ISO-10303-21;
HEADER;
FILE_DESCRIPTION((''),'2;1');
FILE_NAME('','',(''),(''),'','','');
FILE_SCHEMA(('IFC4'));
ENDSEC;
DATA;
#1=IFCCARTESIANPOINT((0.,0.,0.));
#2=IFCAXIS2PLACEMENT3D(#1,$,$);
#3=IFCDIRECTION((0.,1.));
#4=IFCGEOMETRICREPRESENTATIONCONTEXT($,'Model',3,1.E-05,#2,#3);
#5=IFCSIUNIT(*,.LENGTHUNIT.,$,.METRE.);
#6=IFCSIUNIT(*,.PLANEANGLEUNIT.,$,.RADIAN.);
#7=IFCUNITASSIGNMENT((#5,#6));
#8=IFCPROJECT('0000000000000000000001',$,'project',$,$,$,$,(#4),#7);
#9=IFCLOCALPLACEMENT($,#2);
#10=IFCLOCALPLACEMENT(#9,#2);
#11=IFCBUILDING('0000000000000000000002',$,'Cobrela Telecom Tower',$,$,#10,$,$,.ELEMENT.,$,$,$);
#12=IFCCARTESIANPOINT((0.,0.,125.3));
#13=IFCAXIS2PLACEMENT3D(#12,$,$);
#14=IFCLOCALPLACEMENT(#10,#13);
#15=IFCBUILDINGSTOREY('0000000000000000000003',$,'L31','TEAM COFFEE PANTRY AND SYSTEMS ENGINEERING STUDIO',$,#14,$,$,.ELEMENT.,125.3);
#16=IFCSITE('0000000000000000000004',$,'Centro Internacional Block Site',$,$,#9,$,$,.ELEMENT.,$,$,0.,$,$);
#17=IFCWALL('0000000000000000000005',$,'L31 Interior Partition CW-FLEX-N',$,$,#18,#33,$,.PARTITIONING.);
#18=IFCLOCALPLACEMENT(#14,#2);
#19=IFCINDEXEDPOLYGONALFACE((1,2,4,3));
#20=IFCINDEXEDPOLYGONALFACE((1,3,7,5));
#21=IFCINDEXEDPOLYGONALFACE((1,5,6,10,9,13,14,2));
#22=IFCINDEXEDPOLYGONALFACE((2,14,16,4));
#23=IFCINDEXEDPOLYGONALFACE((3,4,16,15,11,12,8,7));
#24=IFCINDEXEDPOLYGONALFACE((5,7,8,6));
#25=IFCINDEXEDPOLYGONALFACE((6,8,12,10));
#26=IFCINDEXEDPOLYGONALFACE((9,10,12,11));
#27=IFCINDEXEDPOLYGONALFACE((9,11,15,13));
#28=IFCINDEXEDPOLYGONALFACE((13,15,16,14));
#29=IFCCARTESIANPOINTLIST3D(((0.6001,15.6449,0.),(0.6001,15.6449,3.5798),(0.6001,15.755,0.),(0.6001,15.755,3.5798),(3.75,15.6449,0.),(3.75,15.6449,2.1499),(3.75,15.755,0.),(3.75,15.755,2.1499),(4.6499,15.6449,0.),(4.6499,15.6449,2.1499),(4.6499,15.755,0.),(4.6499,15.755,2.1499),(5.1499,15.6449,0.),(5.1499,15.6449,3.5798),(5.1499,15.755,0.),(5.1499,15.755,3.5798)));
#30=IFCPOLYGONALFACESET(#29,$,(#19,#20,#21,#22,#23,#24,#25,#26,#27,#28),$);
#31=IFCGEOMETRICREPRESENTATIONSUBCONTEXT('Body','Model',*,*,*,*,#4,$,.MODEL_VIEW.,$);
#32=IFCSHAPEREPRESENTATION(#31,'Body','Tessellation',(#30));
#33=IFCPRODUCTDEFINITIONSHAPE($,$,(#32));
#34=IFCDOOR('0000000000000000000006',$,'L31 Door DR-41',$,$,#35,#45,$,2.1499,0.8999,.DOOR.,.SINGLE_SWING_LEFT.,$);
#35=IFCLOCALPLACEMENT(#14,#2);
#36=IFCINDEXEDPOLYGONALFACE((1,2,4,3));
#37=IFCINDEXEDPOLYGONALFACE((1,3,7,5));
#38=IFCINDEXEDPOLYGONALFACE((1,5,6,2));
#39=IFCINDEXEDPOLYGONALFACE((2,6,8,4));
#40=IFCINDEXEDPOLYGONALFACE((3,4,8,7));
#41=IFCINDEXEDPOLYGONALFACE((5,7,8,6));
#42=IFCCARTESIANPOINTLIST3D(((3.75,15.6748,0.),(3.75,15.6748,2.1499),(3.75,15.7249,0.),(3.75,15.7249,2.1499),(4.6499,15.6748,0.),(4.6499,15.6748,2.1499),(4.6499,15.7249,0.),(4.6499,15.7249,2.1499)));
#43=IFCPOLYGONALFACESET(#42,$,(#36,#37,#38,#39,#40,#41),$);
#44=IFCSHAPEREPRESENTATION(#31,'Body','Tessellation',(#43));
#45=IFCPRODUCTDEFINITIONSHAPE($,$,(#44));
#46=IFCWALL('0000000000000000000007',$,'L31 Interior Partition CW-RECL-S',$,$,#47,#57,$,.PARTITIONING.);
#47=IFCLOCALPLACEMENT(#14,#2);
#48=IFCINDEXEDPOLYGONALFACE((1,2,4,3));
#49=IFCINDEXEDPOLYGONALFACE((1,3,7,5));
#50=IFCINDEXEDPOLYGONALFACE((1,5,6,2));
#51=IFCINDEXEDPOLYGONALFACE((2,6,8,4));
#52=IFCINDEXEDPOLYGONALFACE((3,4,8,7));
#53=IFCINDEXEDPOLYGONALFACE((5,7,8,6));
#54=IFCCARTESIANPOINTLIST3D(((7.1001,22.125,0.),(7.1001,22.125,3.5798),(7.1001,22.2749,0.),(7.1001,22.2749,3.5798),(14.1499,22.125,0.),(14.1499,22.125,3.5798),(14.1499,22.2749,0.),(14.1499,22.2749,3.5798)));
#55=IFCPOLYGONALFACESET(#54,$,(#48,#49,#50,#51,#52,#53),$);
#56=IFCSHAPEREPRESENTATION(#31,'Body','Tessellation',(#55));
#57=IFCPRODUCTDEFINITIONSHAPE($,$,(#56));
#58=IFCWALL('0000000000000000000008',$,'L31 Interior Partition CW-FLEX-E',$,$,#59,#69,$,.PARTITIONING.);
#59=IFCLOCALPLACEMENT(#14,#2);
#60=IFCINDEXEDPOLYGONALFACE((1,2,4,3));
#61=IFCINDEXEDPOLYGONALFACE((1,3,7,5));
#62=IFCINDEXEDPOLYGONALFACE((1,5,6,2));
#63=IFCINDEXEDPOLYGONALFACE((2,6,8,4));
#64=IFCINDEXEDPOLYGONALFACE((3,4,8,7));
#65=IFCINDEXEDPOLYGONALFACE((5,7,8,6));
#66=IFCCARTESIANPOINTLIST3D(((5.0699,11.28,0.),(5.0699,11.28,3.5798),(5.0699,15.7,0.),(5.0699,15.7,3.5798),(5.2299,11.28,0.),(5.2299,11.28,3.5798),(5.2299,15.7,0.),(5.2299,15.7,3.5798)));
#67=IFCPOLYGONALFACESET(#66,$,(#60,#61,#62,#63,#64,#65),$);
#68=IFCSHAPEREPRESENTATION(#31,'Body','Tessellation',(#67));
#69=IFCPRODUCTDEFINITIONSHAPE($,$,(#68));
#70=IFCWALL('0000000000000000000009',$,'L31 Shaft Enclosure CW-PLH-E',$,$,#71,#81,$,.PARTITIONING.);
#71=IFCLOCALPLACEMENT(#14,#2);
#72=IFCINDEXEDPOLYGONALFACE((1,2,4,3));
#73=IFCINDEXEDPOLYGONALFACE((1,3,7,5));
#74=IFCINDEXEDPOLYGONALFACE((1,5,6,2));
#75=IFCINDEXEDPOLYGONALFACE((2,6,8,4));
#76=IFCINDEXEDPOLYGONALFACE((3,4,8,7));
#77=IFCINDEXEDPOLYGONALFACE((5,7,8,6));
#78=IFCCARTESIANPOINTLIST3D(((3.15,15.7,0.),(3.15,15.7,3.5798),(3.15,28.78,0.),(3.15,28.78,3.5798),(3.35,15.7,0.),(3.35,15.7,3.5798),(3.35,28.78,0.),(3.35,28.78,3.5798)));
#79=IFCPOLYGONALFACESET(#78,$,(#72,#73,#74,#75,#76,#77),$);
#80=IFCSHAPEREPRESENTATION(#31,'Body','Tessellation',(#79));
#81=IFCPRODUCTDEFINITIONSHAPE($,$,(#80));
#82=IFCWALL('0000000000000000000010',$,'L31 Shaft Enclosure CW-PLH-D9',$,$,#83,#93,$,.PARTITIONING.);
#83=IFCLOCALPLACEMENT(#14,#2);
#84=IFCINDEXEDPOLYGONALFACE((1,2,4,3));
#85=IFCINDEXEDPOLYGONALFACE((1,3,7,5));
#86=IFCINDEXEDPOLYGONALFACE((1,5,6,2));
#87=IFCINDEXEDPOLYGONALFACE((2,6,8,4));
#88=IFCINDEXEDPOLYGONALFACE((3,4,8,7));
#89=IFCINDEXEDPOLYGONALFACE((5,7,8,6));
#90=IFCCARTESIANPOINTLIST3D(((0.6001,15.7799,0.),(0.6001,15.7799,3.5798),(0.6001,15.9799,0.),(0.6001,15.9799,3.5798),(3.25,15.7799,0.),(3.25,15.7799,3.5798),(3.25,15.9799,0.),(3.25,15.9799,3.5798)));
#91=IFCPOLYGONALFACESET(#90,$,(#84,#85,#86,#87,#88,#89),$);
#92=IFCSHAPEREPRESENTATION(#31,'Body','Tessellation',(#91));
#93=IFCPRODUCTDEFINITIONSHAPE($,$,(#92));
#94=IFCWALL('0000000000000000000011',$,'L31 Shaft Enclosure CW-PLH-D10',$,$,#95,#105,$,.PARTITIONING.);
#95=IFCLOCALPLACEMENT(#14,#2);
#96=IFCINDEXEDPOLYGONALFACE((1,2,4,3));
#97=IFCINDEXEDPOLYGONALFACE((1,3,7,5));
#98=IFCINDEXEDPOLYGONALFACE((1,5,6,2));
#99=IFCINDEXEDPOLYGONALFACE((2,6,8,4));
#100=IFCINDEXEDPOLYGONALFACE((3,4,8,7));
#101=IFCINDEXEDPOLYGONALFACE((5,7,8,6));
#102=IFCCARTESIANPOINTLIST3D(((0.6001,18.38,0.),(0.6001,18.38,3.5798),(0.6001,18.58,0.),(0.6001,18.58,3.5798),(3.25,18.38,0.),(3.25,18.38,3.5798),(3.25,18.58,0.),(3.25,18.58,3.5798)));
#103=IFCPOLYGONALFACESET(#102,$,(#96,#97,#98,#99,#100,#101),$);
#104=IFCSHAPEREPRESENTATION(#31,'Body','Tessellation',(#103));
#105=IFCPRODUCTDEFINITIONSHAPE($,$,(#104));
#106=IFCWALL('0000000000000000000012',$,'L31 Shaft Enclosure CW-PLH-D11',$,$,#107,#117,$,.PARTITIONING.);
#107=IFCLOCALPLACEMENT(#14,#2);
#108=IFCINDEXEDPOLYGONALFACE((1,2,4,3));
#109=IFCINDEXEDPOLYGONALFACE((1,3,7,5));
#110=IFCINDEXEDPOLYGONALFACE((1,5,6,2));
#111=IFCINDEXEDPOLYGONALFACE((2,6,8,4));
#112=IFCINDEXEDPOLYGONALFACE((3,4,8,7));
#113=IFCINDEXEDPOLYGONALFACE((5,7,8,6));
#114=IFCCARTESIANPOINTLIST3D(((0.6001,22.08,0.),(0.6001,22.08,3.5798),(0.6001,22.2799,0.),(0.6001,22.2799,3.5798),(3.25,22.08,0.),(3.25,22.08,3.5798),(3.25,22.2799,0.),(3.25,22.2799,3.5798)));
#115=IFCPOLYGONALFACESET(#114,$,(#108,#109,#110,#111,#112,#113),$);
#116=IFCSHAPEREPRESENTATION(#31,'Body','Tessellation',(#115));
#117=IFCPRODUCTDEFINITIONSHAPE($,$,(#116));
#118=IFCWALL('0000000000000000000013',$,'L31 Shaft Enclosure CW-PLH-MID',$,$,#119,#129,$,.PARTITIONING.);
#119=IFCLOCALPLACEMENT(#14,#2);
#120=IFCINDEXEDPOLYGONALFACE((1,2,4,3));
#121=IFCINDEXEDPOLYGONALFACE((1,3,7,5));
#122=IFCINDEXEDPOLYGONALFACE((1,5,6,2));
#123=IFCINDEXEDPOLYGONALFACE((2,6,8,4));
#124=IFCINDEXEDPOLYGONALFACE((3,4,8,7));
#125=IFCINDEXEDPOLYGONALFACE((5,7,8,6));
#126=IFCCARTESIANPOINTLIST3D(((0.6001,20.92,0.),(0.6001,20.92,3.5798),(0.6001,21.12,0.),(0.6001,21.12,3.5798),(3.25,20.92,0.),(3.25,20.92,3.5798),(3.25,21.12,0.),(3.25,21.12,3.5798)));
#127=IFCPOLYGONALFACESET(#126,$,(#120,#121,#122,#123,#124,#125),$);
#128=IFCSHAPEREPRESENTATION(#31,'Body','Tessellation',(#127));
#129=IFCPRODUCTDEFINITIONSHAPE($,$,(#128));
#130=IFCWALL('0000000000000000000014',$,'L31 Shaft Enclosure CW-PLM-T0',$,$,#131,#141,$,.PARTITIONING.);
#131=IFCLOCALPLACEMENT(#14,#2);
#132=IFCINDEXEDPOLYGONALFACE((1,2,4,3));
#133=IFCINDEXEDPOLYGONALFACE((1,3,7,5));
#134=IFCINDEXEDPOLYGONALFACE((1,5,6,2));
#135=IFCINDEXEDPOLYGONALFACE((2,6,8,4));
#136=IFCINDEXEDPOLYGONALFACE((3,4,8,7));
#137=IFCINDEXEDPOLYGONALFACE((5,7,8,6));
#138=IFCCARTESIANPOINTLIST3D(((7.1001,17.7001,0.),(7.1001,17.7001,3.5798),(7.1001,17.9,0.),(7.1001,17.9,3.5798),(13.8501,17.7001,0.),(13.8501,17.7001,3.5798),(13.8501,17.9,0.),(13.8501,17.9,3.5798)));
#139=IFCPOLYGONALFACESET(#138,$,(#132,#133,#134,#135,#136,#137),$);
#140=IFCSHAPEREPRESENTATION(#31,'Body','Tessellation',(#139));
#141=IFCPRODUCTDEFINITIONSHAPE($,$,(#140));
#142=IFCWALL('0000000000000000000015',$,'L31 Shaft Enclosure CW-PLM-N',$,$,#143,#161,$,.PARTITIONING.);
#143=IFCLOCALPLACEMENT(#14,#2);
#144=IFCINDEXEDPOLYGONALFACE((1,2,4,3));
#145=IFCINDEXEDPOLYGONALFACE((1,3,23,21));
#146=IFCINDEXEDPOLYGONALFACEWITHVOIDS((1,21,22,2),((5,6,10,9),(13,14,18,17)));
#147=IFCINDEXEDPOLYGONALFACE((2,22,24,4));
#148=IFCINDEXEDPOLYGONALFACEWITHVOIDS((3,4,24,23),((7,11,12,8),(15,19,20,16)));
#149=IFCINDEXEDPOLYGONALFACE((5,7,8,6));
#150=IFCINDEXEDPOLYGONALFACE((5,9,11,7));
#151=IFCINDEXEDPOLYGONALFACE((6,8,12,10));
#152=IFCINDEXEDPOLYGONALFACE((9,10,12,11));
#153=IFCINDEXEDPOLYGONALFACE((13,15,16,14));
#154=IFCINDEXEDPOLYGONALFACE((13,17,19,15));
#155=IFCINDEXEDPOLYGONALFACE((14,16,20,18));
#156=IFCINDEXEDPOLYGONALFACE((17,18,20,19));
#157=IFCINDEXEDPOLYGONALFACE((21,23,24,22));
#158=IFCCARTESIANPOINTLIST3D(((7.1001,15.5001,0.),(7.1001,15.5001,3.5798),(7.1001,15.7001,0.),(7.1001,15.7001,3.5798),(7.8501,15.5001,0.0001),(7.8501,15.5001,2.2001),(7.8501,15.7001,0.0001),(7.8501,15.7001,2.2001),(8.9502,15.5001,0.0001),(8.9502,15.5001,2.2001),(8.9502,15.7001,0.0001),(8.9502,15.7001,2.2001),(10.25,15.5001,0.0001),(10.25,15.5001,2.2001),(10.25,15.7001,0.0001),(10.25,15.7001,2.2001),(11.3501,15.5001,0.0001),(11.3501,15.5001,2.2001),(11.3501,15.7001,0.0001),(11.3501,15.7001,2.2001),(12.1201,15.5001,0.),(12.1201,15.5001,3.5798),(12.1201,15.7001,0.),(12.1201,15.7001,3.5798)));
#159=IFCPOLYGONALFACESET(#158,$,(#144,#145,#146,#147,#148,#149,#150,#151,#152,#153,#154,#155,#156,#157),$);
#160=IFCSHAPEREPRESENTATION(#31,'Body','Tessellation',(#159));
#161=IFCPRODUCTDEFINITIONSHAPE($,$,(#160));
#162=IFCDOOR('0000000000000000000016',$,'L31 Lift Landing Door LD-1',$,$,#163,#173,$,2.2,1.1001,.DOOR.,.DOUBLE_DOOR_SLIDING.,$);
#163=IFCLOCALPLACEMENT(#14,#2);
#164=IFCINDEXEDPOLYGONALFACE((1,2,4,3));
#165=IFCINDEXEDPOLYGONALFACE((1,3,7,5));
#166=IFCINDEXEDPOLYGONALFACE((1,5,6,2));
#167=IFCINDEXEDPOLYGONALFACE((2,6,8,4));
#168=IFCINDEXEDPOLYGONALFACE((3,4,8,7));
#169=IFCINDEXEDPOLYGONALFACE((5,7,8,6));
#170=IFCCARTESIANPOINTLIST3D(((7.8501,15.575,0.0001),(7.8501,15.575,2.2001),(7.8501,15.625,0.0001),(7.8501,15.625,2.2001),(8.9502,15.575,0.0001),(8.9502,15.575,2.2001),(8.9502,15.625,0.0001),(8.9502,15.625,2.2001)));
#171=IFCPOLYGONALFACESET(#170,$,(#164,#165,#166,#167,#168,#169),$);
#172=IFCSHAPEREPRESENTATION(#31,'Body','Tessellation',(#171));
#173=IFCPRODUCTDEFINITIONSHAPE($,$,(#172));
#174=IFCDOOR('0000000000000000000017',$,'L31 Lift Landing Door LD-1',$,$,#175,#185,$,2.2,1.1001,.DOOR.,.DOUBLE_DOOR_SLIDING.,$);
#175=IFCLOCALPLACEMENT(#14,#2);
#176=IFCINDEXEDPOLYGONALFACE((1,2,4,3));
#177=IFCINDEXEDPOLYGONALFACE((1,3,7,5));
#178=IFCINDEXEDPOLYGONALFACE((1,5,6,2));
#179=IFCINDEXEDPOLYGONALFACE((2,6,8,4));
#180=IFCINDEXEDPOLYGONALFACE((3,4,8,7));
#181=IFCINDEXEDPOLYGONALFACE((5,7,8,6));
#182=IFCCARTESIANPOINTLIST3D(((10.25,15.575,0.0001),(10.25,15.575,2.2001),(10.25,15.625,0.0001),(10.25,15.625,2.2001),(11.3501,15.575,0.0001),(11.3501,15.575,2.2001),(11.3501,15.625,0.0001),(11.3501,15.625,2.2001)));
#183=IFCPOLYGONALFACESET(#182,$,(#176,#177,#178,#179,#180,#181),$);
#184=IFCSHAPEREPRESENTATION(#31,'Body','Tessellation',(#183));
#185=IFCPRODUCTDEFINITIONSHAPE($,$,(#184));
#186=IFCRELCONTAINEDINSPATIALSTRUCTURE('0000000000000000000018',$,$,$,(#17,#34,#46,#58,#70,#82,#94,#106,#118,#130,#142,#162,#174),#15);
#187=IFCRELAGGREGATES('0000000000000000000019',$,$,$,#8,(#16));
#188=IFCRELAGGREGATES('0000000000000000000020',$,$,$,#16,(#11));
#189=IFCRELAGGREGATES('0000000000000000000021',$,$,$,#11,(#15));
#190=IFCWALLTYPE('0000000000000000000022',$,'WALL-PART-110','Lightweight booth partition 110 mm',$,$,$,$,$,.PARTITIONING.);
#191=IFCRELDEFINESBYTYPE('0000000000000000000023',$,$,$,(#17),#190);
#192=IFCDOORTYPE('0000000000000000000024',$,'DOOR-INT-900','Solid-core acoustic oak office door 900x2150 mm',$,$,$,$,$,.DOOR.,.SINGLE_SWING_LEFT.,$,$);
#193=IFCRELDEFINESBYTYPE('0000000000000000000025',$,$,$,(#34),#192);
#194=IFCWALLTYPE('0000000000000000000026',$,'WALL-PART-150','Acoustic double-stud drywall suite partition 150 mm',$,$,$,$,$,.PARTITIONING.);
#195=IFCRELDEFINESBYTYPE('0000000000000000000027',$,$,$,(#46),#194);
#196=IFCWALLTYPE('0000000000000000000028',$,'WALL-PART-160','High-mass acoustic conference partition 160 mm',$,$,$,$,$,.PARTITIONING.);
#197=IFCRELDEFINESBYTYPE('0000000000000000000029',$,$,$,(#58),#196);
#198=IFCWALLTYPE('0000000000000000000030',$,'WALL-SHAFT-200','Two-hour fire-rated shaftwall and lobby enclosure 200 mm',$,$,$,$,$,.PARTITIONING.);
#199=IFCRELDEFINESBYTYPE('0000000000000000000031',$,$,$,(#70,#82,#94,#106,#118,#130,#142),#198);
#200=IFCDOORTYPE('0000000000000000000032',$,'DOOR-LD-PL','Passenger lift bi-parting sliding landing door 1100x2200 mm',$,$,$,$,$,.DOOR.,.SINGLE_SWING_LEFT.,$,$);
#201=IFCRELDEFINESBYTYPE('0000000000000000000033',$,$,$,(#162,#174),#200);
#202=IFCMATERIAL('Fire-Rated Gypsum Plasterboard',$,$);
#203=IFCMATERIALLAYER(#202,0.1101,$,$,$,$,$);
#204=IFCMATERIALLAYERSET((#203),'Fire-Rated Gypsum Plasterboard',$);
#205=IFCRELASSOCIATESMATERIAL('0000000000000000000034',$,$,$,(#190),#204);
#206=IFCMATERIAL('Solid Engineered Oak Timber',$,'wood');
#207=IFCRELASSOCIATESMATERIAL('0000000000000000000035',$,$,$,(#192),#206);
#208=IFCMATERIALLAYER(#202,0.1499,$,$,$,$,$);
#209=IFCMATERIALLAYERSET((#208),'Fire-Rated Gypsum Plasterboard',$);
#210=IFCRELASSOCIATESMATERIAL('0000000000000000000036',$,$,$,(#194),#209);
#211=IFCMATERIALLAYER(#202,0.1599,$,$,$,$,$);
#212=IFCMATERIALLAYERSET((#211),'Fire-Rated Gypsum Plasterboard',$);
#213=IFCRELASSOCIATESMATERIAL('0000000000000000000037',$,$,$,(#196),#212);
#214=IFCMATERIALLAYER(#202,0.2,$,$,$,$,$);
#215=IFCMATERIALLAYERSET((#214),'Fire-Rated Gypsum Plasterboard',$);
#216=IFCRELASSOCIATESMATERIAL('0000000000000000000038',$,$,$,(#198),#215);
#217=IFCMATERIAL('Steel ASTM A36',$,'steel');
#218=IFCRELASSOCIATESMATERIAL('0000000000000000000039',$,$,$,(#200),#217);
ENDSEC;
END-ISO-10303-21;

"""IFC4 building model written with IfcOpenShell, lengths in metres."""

from ifc_helpers import new_model, si_unit, direction, frame, frame_2d, origin, place, context, subcontext, project, spatial, rectangle, extrude, material, layer, layer_set, type_object, element, fill, save


model = new_model("IFC4")

# Units and contexts
model_context = context("Model", 3, precision=1e-05, world=origin(), true_north=direction((0.0, 1.0)))
body_context = subcontext(model_context, "Body", "Model", "MODEL_VIEW")
ifc_project = project(units=[si_unit("LENGTHUNIT", "METRE"), si_unit("PLANEANGLEUNIT", "RADIAN")], contexts=[model_context])

# Site, building, storey
site_placement = place(None, origin())
site = spatial("IfcSite", under=ifc_project, at=site_placement, Name="Centro Internacional Block Site", CompositionType="ELEMENT", RefElevation=0.0)
building_placement = place(site_placement, origin())
building = spatial("IfcBuilding", under=site, at=building_placement, Name="Cobrela Telecom Tower", CompositionType="ELEMENT")
storey_placement = place(building_placement, frame((0.0, 0.0, 125.3)))
storey = spatial("IfcBuildingStorey", under=building, at=storey_placement, Name="L31", Description="TEAM COFFEE PANTRY AND SYSTEMS ENGINEERING STUDIO", CompositionType="ELEMENT", Elevation=125.3)

# Wall, opening, door
ifc_material_1 = material(Name="Fire-Rated Gypsum Plasterboard")
ifc_layer_1 = layer(ifc_material_1, 0.1101)
ifc_layer_set_1 = layer_set([ifc_layer_1], Name="Fire-Rated Gypsum Plasterboard")
wall_type_1 = type_object("IfcWallType", Name="WALL-PART-110", Description="Lightweight booth partition 110 mm", PredefinedType="PARTITIONING", material=ifc_layer_set_1)
wall_1_placement = place(storey_placement, frame((0.6001, 15.7, 0.0), z_axis=(0.0, 0.0, 1.0), x_axis=(1.0, 0.0, 0.0)))
wall_1 = element("IfcWall", 1, at=wall_1_placement, inside=storey, type_object=wall_type_1, Name="L31 Interior Partition CW-FLEX-N", PredefinedType="PARTITIONING", context=body_context, shape_type="SweptSolid", body=[
    extrude(rectangle(XDim=4.5498, YDim=0.1101, at=frame_2d((2.2749, 0.0))), origin(), (0.0, 0.0, 1.0), 3.5798),
])
opening_1_placement = place(wall_1_placement, frame((3.1499, 0.0, 0.0)))
opening_1 = element("IfcOpeningElement", 2, at=opening_1_placement, cuts=wall_1, PredefinedType="OPENING", context=body_context, shape_type="SweptSolid", body=[
    extrude(rectangle(XDim=0.8999, YDim=2.1499, at=frame_2d((0.45, 1.075))), frame((0.0, 0.0669, 0.0), z_axis=(0.0, -1.0, 0.0), x_axis=(1.0, 0.0, 0.0)), (0.0, 0.0, 1.0), 0.134),
])
ifc_material_2 = material(Name="Solid Engineered Oak Timber", Category="wood")
door_type_1 = type_object("IfcDoorType", Name="DOOR-INT-900", Description="Solid-core acoustic oak office door 900x2150 mm", OperationType="SINGLE_SWING_LEFT", PredefinedType="DOOR", material=ifc_material_2)
door_1_placement = place(opening_1_placement, origin())
door_1 = element("IfcDoor", 3, at=door_1_placement, inside=storey, type_object=door_type_1, Name="L31 Door DR-41", OperationType="SINGLE_SWING_LEFT", OverallHeight=2.1499, OverallWidth=0.8999, PredefinedType="DOOR", context=body_context, shape_type="SweptSolid", body=[
    extrude(rectangle(XDim=0.8999, YDim=2.1499, at=frame_2d((0.45, 1.075))), frame((0.0, 0.0249, 0.0), z_axis=(0.0, -1.0, 0.0), x_axis=(1.0, 0.0, 0.0)), (0.0, 0.0, 1.0), 0.05),
])
fill(opening_1, door_1)

# Wall
ifc_layer_2 = layer(ifc_material_1, 0.1499)
ifc_layer_set_2 = layer_set([ifc_layer_2], Name="Fire-Rated Gypsum Plasterboard")
wall_type_2 = type_object("IfcWallType", Name="WALL-PART-150", Description="Acoustic double-stud drywall suite partition 150 mm", PredefinedType="PARTITIONING", material=ifc_layer_set_2)
wall_2_placement = place(storey_placement, frame((7.1001, 22.2, 0.0), z_axis=(0.0, 0.0, 1.0), x_axis=(1.0, 0.0, 0.0)))
element("IfcWall", 4, at=wall_2_placement, inside=storey, type_object=wall_type_2, Name="L31 Interior Partition CW-RECL-S", PredefinedType="PARTITIONING", context=body_context, shape_type="SweptSolid", body=[
    extrude(rectangle(XDim=7.0498, YDim=0.1499, at=frame_2d((3.5249, 0.0))), origin(), (0.0, 0.0, 1.0), 3.5798),
])

# Shared definitions
ifc_layer_3 = layer(ifc_material_1, 0.1599)
ifc_layer_set_3 = layer_set([ifc_layer_3], Name="Fire-Rated Gypsum Plasterboard")
wall_type_3 = type_object("IfcWallType", Name="WALL-PART-160", Description="High-mass acoustic conference partition 160 mm", PredefinedType="PARTITIONING", material=ifc_layer_set_3)

# Walls
wall_3_placement = place(storey_placement, frame((5.1499, 11.28, 0.0), z_axis=(0.0, 0.0, 1.0), x_axis=(0.0, 1.0, 0.0)))
element("IfcWall", 5, at=wall_3_placement, inside=storey, type_object=wall_type_3, Name="L31 Interior Partition CW-FLEX-E", PredefinedType="PARTITIONING", context=body_context, shape_type="SweptSolid", body=[
    extrude(rectangle(XDim=4.4199, YDim=0.1599, at=frame_2d((2.21, 0.0))), origin(), (0.0, 0.0, 1.0), 3.5798),
])
ifc_layer_4 = layer(ifc_material_1, 0.2)
ifc_layer_set_4 = layer_set([ifc_layer_4], Name="Fire-Rated Gypsum Plasterboard")
wall_type_4 = type_object("IfcWallType", Name="WALL-SHAFT-200", Description="Two-hour fire-rated shaftwall and lobby enclosure 200 mm", PredefinedType="PARTITIONING", material=ifc_layer_set_4)
wall_4_placement = place(storey_placement, frame((3.25, 15.7, 0.0), z_axis=(0.0, 0.0, 1.0), x_axis=(0.0, 1.0, 0.0)))
element("IfcWall", 6, at=wall_4_placement, inside=storey, type_object=wall_type_4, Name="L31 Shaft Enclosure CW-PLH-E", PredefinedType="PARTITIONING", context=body_context, shape_type="SweptSolid", body=[
    extrude(rectangle(XDim=13.0801, YDim=0.2, at=frame_2d((6.54, 0.0))), origin(), (0.0, 0.0, 1.0), 3.5798),
])
for number, where, z_axis, x_axis, name in (
    (7, (0.6001, 15.8799, 0.0), (0.0, 0.0, 1.0), (1.0, 0.0, 0.0), "L31 Shaft Enclosure CW-PLH-D9"),
    (8, (0.6001, 18.48, 0.0), (0.0, 0.0, 1.0), (1.0, 0.0, 0.0), "L31 Shaft Enclosure CW-PLH-D10"),
    (9, (0.6001, 22.1799, 0.0), (0.0, 0.0, 1.0), (1.0, 0.0, 0.0), "L31 Shaft Enclosure CW-PLH-D11"),
    (10, (0.6001, 21.02, 0.0), (0.0, 0.0, 1.0), (1.0, 0.0, 0.0), "L31 Shaft Enclosure CW-PLH-MID"),
):
    element("IfcWall", number, at=place(storey_placement, frame(where, z_axis=z_axis, x_axis=x_axis)), inside=storey, type_object=wall_type_4, Name=name, PredefinedType="PARTITIONING", context=body_context, shape_type="SweptSolid", body=[
        extrude(rectangle(XDim=2.6499, YDim=0.2, at=frame_2d((1.325, 0.0))), origin(), (0.0, 0.0, 1.0), 3.5798),
    ])
wall_5_placement = place(storey_placement, frame((7.1001, 17.8, 0.0), z_axis=(0.0, 0.0, 1.0), x_axis=(1.0, 0.0, 0.0)))
element("IfcWall", 11, at=wall_5_placement, inside=storey, type_object=wall_type_4, Name="L31 Shaft Enclosure CW-PLM-T0", PredefinedType="PARTITIONING", context=body_context, shape_type="SweptSolid", body=[
    extrude(rectangle(XDim=6.75, YDim=0.2, at=frame_2d((3.375, 0.0))), origin(), (0.0, 0.0, 1.0), 3.5798),
])

# Wall, openings, doors
wall_6_placement = place(storey_placement, frame((7.1001, 15.6001, 0.0), z_axis=(0.0, 0.0, 1.0), x_axis=(1.0, 0.0, 0.0)))
wall_6 = element("IfcWall", 12, at=wall_6_placement, inside=storey, type_object=wall_type_4, Name="L31 Shaft Enclosure CW-PLM-N", PredefinedType="PARTITIONING", context=body_context, shape_type="SweptSolid", body=[
    extrude(rectangle(XDim=5.02, YDim=0.2, at=frame_2d((2.51, 0.0))), origin(), (0.0, 0.0, 1.0), 3.5798),
])
opening_2_placement = place(wall_6_placement, frame((0.75, 0.0, 0.0)))
opening_2 = element("IfcOpeningElement", 13, at=opening_2_placement, cuts=wall_6, PredefinedType="OPENING", context=body_context, shape_type="SweptSolid", body=[
    extrude(rectangle(XDim=1.1001, YDim=2.2, at=frame_2d((0.55, 1.1001))), frame((0.0, 0.1118, 0.0), z_axis=(0.0, -1.0, 0.0), x_axis=(1.0, 0.0, 0.0)), (0.0, 0.0, 1.0), 0.2239),
])
opening_3_placement = place(wall_6_placement, frame((3.1499, 0.0, 0.0)))
opening_3 = element("IfcOpeningElement", 14, at=opening_3_placement, cuts=wall_6, PredefinedType="OPENING", context=body_context, shape_type="SweptSolid", body=[
    extrude(rectangle(XDim=1.1001, YDim=2.2, at=frame_2d((0.55, 1.1001))), frame((0.0, 0.1118, 0.0), z_axis=(0.0, -1.0, 0.0), x_axis=(1.0, 0.0, 0.0)), (0.0, 0.0, 1.0), 0.2239),
])
ifc_material_3 = material(Name="Steel ASTM A36", Category="steel")
door_type_2 = type_object("IfcDoorType", Name="DOOR-LD-PL", Description="Passenger lift bi-parting sliding landing door 1100x2200 mm", OperationType="SINGLE_SWING_LEFT", PredefinedType="DOOR", material=ifc_material_3)
door_2_placement = place(opening_2_placement, origin())
door_2 = element("IfcDoor", 15, at=door_2_placement, inside=storey, type_object=door_type_2, Name="L31 Lift Landing Door LD-1", OperationType="DOUBLE_DOOR_SLIDING", OverallHeight=2.2, OverallWidth=1.1001, PredefinedType="DOOR", context=body_context, shape_type="SweptSolid", body=[
    extrude(rectangle(XDim=1.1001, YDim=2.2, at=frame_2d((0.55, 1.1001))), frame((0.0, 0.0249, 0.0), z_axis=(0.0, -1.0, 0.0), x_axis=(1.0, 0.0, 0.0)), (0.0, 0.0, 1.0), 0.05),
])
fill(opening_2, door_2)
door_3_placement = place(opening_3_placement, origin())
door_3 = element("IfcDoor", 16, at=door_3_placement, inside=storey, type_object=door_type_2, Name="L31 Lift Landing Door LD-1", OperationType="DOUBLE_DOOR_SLIDING", OverallHeight=2.2, OverallWidth=1.1001, PredefinedType="DOOR", context=body_context, shape_type="SweptSolid", body=[
    extrude(rectangle(XDim=1.1001, YDim=2.2, at=frame_2d((0.55, 1.1001))), frame((0.0, 0.0249, 0.0), z_axis=(0.0, -1.0, 0.0), x_axis=(1.0, 0.0, 0.0)), (0.0, 0.0, 1.0), 0.05),
])
fill(opening_3, door_3)

save(model, "model.ifc")
